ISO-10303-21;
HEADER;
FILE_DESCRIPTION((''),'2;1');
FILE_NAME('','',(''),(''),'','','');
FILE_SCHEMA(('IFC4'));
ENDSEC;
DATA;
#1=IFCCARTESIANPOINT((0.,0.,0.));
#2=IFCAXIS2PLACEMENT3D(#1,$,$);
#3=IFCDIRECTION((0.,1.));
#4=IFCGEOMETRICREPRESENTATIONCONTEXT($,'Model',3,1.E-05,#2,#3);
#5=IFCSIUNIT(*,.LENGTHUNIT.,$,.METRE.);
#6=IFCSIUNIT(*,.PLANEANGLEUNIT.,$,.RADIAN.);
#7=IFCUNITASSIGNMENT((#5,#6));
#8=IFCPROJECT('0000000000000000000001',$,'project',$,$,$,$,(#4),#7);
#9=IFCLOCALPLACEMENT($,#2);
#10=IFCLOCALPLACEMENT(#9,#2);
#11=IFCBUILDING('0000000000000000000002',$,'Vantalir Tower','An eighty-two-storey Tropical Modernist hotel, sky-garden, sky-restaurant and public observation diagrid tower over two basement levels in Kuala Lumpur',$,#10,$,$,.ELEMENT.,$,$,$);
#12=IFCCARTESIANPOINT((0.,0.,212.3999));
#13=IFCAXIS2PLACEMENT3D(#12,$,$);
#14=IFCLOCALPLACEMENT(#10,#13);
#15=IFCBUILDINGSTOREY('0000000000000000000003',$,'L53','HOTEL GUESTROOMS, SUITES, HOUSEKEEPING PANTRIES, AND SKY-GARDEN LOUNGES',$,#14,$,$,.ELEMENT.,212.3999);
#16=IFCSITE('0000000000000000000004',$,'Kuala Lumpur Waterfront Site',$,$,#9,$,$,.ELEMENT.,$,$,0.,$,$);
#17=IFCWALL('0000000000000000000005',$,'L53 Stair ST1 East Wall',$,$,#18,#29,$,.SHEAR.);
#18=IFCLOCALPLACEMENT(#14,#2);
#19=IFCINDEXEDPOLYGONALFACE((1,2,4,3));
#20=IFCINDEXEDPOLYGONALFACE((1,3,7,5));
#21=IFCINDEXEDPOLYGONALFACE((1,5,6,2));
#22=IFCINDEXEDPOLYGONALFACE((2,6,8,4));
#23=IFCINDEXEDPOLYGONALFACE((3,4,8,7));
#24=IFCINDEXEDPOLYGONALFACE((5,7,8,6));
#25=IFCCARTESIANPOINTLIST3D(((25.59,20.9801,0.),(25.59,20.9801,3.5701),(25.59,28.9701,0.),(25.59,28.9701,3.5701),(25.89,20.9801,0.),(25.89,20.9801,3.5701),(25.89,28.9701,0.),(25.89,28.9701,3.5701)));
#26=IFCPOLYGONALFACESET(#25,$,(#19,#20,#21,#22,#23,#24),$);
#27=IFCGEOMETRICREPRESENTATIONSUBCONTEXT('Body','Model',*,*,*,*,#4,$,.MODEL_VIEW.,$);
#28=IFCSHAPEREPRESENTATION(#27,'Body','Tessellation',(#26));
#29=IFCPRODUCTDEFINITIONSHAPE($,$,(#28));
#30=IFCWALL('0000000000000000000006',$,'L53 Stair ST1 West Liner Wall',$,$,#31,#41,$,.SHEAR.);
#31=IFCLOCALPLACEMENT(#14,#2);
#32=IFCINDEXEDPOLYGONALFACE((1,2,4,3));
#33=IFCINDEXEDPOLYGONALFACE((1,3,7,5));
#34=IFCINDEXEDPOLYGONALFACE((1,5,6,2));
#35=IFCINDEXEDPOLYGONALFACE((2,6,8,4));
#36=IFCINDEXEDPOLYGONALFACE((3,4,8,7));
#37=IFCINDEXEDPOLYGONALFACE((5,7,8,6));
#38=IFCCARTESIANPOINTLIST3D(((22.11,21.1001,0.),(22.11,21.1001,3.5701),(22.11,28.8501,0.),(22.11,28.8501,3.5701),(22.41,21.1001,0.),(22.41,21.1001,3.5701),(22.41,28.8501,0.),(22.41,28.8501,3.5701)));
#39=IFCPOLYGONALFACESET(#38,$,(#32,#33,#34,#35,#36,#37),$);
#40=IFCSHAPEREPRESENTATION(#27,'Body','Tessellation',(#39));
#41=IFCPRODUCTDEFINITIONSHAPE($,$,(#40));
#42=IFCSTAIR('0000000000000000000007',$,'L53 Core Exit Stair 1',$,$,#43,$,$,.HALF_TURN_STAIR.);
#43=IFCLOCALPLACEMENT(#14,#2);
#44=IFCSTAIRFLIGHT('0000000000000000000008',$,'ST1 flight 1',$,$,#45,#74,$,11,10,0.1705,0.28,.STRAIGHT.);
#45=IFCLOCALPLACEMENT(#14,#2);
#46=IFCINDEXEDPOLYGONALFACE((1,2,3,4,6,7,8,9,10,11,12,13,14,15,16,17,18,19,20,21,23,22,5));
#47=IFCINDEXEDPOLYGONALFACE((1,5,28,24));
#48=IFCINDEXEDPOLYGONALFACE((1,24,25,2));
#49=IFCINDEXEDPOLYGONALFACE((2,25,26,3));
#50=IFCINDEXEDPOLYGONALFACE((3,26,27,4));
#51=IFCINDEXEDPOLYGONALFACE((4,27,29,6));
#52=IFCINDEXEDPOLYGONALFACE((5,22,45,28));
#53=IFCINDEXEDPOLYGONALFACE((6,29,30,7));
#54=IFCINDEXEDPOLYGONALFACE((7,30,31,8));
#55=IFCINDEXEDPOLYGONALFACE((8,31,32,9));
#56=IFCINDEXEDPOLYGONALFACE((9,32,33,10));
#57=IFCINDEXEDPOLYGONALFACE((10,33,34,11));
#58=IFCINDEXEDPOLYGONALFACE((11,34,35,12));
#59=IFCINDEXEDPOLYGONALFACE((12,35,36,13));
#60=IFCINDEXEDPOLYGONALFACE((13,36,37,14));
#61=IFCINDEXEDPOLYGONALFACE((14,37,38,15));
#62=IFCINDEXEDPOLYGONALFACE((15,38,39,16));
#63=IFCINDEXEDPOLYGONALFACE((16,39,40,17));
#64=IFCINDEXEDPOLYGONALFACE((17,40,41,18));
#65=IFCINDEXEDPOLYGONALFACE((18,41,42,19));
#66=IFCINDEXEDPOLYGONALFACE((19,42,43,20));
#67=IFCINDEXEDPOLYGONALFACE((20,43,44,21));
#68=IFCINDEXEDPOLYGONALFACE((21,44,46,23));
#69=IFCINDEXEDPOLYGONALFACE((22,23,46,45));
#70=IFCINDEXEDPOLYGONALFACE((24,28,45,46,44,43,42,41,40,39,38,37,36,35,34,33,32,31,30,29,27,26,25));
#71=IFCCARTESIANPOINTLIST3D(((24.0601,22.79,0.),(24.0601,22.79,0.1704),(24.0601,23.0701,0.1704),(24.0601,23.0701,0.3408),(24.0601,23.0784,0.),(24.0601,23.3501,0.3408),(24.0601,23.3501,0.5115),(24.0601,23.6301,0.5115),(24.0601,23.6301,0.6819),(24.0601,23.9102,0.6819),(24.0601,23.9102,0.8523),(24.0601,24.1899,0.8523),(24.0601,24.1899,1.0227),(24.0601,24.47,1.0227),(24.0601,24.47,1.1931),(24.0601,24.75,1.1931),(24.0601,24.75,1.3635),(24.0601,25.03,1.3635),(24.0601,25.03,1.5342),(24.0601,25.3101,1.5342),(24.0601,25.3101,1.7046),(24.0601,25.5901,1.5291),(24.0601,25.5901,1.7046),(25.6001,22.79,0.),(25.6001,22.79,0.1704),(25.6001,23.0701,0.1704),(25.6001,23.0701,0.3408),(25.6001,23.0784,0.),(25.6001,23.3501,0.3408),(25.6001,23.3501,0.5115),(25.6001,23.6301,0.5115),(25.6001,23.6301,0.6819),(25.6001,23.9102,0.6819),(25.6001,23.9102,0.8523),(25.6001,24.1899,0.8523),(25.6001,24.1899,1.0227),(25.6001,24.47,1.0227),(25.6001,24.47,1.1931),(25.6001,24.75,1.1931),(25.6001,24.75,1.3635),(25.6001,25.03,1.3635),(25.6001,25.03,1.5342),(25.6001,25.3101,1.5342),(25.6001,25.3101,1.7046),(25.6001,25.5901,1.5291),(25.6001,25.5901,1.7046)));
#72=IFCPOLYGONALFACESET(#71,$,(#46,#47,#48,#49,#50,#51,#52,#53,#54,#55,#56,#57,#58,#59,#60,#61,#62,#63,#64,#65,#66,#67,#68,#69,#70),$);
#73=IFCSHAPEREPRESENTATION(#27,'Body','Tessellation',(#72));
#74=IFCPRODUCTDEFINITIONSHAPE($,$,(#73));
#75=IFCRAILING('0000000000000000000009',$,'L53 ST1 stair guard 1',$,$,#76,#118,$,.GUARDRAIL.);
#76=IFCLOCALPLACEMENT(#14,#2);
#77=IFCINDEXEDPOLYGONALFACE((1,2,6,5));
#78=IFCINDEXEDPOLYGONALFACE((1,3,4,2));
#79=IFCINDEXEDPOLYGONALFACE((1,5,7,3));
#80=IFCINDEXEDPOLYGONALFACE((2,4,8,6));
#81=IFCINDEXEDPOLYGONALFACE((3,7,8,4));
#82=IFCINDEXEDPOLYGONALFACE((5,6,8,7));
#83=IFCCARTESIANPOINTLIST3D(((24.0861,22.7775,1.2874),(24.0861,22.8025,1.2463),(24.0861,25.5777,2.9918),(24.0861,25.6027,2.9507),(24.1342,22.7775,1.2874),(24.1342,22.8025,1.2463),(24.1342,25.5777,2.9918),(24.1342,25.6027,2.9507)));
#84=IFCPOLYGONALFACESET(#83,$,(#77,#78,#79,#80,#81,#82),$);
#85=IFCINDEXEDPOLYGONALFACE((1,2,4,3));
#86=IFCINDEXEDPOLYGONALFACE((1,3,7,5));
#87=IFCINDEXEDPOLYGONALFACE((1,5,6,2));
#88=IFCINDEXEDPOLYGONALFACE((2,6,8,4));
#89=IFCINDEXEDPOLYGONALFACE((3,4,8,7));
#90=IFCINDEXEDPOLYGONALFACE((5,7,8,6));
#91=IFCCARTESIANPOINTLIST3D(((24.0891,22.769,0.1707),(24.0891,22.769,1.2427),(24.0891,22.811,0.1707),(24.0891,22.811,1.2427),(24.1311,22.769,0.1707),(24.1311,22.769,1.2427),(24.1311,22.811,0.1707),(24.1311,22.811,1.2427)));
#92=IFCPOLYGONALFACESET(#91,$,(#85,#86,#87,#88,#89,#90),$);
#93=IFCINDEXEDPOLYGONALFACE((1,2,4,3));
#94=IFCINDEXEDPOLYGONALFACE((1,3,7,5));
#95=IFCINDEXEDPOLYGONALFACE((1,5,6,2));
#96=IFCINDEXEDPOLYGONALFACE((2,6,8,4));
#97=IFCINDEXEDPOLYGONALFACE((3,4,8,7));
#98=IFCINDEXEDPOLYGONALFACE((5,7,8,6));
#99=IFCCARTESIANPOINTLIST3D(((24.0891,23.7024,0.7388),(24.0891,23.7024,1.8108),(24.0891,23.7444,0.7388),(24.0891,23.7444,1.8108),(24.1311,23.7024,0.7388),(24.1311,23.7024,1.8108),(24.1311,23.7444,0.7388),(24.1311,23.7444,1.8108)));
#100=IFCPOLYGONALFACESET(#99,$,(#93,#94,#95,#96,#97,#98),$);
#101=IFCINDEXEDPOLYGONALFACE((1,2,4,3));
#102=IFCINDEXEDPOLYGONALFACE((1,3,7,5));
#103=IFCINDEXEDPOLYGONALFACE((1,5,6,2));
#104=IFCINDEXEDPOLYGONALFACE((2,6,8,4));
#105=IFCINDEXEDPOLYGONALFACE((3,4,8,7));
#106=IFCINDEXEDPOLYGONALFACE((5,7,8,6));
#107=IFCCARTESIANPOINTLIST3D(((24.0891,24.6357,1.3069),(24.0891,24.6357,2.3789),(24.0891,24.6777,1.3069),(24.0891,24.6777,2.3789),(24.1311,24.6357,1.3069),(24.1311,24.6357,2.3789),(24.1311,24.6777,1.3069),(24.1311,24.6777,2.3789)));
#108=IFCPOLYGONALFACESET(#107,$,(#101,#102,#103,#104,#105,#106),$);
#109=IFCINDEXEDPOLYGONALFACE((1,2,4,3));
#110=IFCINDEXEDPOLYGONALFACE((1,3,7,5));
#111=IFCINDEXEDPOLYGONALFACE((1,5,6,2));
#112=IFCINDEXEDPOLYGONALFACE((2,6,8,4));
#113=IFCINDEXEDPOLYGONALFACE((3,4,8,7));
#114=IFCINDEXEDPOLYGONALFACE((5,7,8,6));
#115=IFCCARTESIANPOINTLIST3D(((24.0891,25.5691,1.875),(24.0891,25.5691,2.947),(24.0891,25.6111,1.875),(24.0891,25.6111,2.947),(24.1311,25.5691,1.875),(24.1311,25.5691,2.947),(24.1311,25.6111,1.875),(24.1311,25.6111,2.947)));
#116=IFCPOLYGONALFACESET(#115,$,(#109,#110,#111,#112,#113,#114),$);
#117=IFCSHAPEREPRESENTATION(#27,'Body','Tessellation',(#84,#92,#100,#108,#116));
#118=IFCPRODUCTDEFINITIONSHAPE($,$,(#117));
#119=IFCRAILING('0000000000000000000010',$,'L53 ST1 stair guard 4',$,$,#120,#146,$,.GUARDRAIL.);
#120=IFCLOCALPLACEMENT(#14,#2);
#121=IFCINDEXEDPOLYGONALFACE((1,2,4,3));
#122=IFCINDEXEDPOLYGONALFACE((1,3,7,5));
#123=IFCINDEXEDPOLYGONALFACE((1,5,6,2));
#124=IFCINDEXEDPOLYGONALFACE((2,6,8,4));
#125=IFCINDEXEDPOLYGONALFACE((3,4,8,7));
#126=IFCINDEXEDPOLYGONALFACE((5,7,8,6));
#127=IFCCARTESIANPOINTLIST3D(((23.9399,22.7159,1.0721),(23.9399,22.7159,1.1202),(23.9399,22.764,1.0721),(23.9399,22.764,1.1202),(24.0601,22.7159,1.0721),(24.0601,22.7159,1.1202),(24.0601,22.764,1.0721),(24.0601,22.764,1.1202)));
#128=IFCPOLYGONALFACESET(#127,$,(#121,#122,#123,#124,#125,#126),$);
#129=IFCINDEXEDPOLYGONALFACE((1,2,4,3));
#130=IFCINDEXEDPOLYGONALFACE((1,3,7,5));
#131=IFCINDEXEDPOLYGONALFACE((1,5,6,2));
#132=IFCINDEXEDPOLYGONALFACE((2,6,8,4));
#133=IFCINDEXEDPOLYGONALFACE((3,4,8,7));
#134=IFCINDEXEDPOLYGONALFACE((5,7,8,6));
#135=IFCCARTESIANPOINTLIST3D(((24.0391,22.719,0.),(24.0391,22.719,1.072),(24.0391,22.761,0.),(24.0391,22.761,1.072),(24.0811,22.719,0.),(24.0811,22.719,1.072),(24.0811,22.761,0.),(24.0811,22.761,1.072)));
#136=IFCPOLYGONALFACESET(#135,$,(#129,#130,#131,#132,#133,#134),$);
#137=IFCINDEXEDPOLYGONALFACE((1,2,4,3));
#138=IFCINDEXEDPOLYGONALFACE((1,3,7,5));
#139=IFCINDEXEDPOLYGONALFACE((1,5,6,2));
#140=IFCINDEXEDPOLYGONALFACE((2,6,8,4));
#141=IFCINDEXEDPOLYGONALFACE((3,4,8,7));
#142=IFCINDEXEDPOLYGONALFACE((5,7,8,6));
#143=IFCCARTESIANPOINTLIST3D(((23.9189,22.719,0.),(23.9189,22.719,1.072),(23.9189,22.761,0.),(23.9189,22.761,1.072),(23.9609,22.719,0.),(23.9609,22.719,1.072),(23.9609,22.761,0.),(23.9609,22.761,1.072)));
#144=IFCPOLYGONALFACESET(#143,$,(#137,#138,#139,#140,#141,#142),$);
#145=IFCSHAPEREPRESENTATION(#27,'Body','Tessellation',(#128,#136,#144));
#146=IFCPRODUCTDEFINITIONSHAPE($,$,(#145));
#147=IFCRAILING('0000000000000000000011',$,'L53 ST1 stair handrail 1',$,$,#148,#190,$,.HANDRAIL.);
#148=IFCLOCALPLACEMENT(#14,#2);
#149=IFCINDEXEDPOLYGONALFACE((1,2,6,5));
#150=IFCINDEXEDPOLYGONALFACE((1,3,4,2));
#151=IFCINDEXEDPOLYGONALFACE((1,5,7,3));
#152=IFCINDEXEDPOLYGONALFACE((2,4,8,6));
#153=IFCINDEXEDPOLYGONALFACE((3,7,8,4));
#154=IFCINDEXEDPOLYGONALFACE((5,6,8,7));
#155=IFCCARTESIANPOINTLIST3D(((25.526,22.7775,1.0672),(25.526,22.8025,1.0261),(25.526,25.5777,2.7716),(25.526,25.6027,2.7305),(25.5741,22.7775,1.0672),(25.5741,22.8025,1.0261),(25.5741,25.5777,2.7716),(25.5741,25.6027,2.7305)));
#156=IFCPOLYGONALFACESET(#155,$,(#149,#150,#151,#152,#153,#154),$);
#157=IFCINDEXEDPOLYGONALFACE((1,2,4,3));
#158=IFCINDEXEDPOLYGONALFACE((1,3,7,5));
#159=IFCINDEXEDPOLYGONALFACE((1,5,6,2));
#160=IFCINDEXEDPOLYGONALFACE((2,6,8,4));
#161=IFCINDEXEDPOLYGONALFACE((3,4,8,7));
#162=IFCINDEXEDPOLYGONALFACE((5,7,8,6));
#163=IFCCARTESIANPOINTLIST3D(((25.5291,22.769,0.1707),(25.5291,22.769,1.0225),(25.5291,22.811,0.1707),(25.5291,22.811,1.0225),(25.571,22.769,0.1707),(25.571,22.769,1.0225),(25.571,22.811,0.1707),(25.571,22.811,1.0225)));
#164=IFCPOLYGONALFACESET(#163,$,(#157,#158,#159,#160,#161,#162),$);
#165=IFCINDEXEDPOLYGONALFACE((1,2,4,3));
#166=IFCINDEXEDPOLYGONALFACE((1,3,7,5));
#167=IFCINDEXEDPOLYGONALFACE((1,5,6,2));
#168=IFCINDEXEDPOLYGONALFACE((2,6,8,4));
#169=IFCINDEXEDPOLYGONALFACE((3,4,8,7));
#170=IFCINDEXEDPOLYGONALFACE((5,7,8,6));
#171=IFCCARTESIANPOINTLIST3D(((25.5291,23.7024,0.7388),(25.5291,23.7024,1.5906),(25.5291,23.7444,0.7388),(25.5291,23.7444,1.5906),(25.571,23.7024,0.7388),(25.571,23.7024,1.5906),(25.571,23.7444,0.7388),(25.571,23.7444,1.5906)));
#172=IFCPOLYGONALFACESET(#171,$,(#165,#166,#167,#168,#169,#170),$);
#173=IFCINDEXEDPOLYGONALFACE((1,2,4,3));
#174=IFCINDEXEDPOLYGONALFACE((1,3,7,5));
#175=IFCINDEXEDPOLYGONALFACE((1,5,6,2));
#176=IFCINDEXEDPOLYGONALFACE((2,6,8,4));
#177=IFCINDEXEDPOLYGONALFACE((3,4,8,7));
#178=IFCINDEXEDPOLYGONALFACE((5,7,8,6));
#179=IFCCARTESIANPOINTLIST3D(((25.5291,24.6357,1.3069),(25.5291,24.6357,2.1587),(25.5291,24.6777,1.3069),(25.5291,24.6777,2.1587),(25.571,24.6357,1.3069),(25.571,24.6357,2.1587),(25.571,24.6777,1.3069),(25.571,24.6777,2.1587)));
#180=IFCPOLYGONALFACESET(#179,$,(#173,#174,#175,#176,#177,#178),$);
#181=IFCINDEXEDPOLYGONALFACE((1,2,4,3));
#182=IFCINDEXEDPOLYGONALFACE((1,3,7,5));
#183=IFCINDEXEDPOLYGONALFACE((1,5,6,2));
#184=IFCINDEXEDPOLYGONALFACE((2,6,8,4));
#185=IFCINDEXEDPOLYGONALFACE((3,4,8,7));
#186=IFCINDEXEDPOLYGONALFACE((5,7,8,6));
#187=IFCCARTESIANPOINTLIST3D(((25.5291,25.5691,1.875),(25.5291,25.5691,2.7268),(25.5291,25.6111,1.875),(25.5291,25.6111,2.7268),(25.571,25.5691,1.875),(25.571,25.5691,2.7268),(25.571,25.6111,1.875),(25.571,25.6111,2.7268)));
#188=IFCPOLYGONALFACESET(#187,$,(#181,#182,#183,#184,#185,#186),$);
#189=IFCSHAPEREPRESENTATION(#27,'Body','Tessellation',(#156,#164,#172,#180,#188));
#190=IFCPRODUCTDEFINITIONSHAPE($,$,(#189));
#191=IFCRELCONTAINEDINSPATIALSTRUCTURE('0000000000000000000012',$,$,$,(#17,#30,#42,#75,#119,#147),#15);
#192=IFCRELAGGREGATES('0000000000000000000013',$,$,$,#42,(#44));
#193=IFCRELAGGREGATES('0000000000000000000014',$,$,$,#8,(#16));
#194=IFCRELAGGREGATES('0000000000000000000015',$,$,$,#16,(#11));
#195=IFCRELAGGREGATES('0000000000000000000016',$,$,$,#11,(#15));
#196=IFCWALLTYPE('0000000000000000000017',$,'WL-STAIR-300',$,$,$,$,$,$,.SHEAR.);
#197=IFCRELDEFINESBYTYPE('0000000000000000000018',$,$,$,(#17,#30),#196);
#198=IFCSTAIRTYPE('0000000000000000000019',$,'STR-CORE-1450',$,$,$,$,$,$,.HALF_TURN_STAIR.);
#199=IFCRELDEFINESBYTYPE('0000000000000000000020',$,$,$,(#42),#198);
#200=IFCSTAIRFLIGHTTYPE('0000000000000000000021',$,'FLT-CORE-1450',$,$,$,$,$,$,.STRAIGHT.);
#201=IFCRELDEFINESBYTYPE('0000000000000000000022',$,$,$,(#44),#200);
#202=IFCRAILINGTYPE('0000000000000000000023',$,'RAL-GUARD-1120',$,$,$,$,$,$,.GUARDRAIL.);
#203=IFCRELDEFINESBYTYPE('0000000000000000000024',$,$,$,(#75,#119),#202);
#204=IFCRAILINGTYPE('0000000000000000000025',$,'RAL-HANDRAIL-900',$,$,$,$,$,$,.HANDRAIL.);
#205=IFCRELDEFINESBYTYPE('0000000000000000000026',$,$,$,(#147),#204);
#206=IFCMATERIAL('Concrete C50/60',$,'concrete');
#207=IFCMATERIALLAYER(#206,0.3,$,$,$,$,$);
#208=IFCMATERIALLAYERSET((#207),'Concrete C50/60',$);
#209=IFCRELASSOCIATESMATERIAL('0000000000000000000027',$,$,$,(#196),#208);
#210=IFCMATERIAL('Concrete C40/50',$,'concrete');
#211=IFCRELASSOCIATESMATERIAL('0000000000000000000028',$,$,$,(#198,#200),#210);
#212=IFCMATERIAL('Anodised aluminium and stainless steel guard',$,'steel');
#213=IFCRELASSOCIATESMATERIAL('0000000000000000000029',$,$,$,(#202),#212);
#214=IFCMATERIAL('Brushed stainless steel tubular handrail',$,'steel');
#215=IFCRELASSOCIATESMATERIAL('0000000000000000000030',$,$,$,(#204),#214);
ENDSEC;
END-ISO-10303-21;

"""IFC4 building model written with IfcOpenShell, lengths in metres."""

from ifc_helpers import new_model, si_unit, direction, frame, frame_2d, origin, origin_2d, place, context, subcontext, project, spatial, polyline, rectangle, outline, extrude, material, layer, layer_set, type_object, element, aggregate, save


model = new_model("IFC4")

# Units and contexts
model_context = context("Model", 3, precision=1e-05, world=origin(), true_north=direction((0.0, 1.0)))
body_context = subcontext(model_context, "Body", "Model", "MODEL_VIEW")
ifc_project = project(units=[si_unit("LENGTHUNIT", "METRE"), si_unit("PLANEANGLEUNIT", "RADIAN")], contexts=[model_context])

# Site, building, storey
site_placement = place(None, origin())
site = spatial("IfcSite", under=ifc_project, at=site_placement, Name="Kuala Lumpur Waterfront Site", CompositionType="ELEMENT", RefElevation=0.0)
building_placement = place(site_placement, origin())
building = spatial("IfcBuilding", under=site, at=building_placement, Name="Vantalir Tower", Description="An eighty-two-storey Tropical Modernist hotel, sky-garden, sky-restaurant and public observation diagrid tower over two basement levels in Kuala Lumpur", CompositionType="ELEMENT")
storey_placement = place(building_placement, frame((0.0, 0.0, 212.3999)))
storey = spatial("IfcBuildingStorey", under=building, at=storey_placement, Name="L53", Description="HOTEL GUESTROOMS, SUITES, HOUSEKEEPING PANTRIES, AND SKY-GARDEN LOUNGES", CompositionType="ELEMENT", Elevation=212.3999)

# Shared definitions
ifc_material_1 = material(Name="Concrete C50/60", Category="concrete")

# Shared definitions
ifc_layer_1 = layer(ifc_material_1, 0.3)
ifc_layer_set_1 = layer_set([ifc_layer_1], Name="Concrete C50/60")
wall_type_1 = type_object("IfcWallType", Name="WL-STAIR-300", PredefinedType="SHEAR", material=ifc_layer_set_1)

# Walls
wall_1_placement = place(storey_placement, frame((25.74, 20.98, 0.0), z_axis=(0.0, 0.0, 1.0), x_axis=(0.0, 1.0, 0.0)))
element("IfcWall", 1, at=wall_1_placement, inside=storey, type_object=wall_type_1, Name="L53 Stair ST1 East Wall", PredefinedType="SHEAR", context=body_context, shape_type="SweptSolid", body=[
    extrude(rectangle(XDim=7.99, YDim=0.3, at=frame_2d((3.9951, 0.0))), origin(), (0.0, 0.0, 1.0), 3.5701),
])
wall_2_placement = place(storey_placement, frame((22.26, 21.1001, 0.0), z_axis=(0.0, 0.0, 1.0), x_axis=(0.0, 1.0, 0.0)))
element("IfcWall", 2, at=wall_2_placement, inside=storey, type_object=wall_type_1, Name="L53 Stair ST1 West Liner Wall", PredefinedType="SHEAR", context=body_context, shape_type="SweptSolid", body=[
    extrude(rectangle(XDim=7.75, YDim=0.3, at=frame_2d((3.875, 0.0))), origin(), (0.0, 0.0, 1.0), 3.5701),
])

# Stair, stair flight
ifc_material_2 = material(Name="Concrete C40/50", Category="concrete")
stair_type = type_object("IfcStairType", Name="STR-CORE-1450", PredefinedType="HALF_TURN_STAIR", material=ifc_material_2)
stair_placement = place(storey_placement, origin())
stair = element("IfcStair", 3, at=stair_placement, inside=storey, type_object=stair_type, Name="L53 Core Exit Stair 1", PredefinedType="HALF_TURN_STAIR")
stair_flight_type = type_object("IfcStairFlightType", Name="FLT-CORE-1450", PredefinedType="STRAIGHT", material=ifc_material_2)
stair_flight_placement = place(storey_placement, frame((24.8301, 22.79, 0.0), z_axis=(0.0, 0.0, 1.0), x_axis=(0.0, 1.0, 0.0)))
stair_flight = element("IfcStairFlight", 4, at=stair_flight_placement, type_object=stair_flight_type, Name="ST1 flight 1", NumberOfRisers=11, NumberOfTreads=10, PredefinedType="STRAIGHT", RiserHeight=0.1705, TreadLength=0.28, context=body_context, shape_type="SweptSolid", body=[
    extrude(outline(polyline([(0.0, 0.0), (0.0, 0.1704), (0.28, 0.1704), (0.28, 0.3408), (0.5601, 0.3408), (0.5601, 0.5115), (0.8401, 0.5115), (0.8401, 0.6819), (1.1201, 0.6819), (1.1201, 0.8523), (1.3999, 0.8523), (1.3999, 1.0227), (1.6799, 1.0227), (1.6799, 1.1931), (1.96, 1.1931), (1.96, 1.3635), (2.24, 1.3635), (2.24, 1.5342), (2.52, 1.5342), (2.52, 1.7046), (2.8, 1.7046), (2.8, 1.875), (2.8, 1.5291), (0.2883, 0.0), (0.0, 0.0)])), frame((0.0, 0.77, 0.0), z_axis=(0.0, -1.0, 0.0), x_axis=(1.0, 0.0, 0.0)), (0.0, 0.0, 1.0), 1.54),
])
aggregate(stair, [stair_flight])

# Railings
ifc_material_3 = material(Name="Anodised aluminium and stainless steel guard", Category="steel")
railing_type_1 = type_object("IfcRailingType", Name="RAL-GUARD-1120", PredefinedType="GUARDRAIL", material=ifc_material_3)
railing_1_placement = place(storey_placement, frame((24.1101, 22.79, 0.1707)))
element("IfcRailing", 5, at=railing_1_placement, inside=storey, type_object=railing_type_1, Name="L53 ST1 stair guard 1", PredefinedType="GUARDRAIL", context=body_context, shape_type="SweptSolid", body=[
    extrude(rectangle(XDim=0.0481, YDim=0.0481, at=origin_2d()), frame((0.0, 0.0, 1.0962), z_axis=(0.0, 0.854203, 0.51994), x_axis=(-1.0, 0.0, 0.0)), (0.0, 0.0, 1.0), 3.2781),
    extrude(rectangle(XDim=0.042, YDim=0.042, at=origin_2d()), origin(), (0.0, 0.0, 1.0), 1.072),
    extrude(rectangle(XDim=0.042, YDim=0.042, at=origin_2d()), frame((0.0, 0.9333, 0.5681)), (0.0, 0.0, 1.0), 1.072),
    extrude(rectangle(XDim=0.042, YDim=0.042, at=origin_2d()), frame((0.0, 1.8667, 1.1362)), (0.0, 0.0, 1.0), 1.072),
    extrude(rectangle(XDim=0.042, YDim=0.042, at=origin_2d()), frame((0.0, 2.8, 1.7043)), (0.0, 0.0, 1.0), 1.072),
])
railing_2_placement = place(storey_placement, frame((24.0601, 22.74, 0.0)))
element("IfcRailing", 6, at=railing_2_placement, inside=storey, type_object=railing_type_1, Name="L53 ST1 stair guard 4", PredefinedType="GUARDRAIL", context=body_context, shape_type="SweptSolid", body=[
    extrude(rectangle(XDim=0.0481, YDim=0.0481, at=origin_2d()), frame((0.0, 0.0, 1.0962), z_axis=(-1.0, 0.0, 0.0), x_axis=(0.0, -1.0, 0.0)), (0.0, 0.0, 1.0), 0.1201),
    extrude(rectangle(XDim=0.042, YDim=0.042, at=origin_2d()), origin(), (0.0, 0.0, 1.0), 1.072),
    extrude(rectangle(XDim=0.042, YDim=0.042, at=origin_2d()), frame((-0.1201, 0.0, 0.0)), (0.0, 0.0, 1.0), 1.072),
])
ifc_material_4 = material(Name="Brushed stainless steel tubular handrail", Category="steel")
railing_type_2 = type_object("IfcRailingType", Name="RAL-HANDRAIL-900", PredefinedType="HANDRAIL", material=ifc_material_4)
railing_3_placement = place(storey_placement, frame((25.55, 22.79, 0.1707)))
element("IfcRailing", 7, at=railing_3_placement, inside=storey, type_object=railing_type_2, Name="L53 ST1 stair handrail 1", PredefinedType="HANDRAIL", context=body_context, shape_type="SweptSolid", body=[
    extrude(rectangle(XDim=0.0481, YDim=0.0481, at=origin_2d()), frame((0.0, 0.0, 0.876), z_axis=(0.0, 0.854203, 0.51994), x_axis=(-1.0, 0.0, 0.0)), (0.0, 0.0, 1.0), 3.2781),
    extrude(rectangle(XDim=0.042, YDim=0.042, at=origin_2d()), origin(), (0.0, 0.0, 1.0), 0.8518),
    extrude(rectangle(XDim=0.042, YDim=0.042, at=origin_2d()), frame((0.0, 0.9333, 0.5681)), (0.0, 0.0, 1.0), 0.8518),
    extrude(rectangle(XDim=0.042, YDim=0.042, at=origin_2d()), frame((0.0, 1.8667, 1.1362)), (0.0, 0.0, 1.0), 0.8518),
    extrude(rectangle(XDim=0.042, YDim=0.042, at=origin_2d()), frame((0.0, 2.8, 1.7043)), (0.0, 0.0, 1.0), 0.8518),
])

save(model, "model.ifc")
